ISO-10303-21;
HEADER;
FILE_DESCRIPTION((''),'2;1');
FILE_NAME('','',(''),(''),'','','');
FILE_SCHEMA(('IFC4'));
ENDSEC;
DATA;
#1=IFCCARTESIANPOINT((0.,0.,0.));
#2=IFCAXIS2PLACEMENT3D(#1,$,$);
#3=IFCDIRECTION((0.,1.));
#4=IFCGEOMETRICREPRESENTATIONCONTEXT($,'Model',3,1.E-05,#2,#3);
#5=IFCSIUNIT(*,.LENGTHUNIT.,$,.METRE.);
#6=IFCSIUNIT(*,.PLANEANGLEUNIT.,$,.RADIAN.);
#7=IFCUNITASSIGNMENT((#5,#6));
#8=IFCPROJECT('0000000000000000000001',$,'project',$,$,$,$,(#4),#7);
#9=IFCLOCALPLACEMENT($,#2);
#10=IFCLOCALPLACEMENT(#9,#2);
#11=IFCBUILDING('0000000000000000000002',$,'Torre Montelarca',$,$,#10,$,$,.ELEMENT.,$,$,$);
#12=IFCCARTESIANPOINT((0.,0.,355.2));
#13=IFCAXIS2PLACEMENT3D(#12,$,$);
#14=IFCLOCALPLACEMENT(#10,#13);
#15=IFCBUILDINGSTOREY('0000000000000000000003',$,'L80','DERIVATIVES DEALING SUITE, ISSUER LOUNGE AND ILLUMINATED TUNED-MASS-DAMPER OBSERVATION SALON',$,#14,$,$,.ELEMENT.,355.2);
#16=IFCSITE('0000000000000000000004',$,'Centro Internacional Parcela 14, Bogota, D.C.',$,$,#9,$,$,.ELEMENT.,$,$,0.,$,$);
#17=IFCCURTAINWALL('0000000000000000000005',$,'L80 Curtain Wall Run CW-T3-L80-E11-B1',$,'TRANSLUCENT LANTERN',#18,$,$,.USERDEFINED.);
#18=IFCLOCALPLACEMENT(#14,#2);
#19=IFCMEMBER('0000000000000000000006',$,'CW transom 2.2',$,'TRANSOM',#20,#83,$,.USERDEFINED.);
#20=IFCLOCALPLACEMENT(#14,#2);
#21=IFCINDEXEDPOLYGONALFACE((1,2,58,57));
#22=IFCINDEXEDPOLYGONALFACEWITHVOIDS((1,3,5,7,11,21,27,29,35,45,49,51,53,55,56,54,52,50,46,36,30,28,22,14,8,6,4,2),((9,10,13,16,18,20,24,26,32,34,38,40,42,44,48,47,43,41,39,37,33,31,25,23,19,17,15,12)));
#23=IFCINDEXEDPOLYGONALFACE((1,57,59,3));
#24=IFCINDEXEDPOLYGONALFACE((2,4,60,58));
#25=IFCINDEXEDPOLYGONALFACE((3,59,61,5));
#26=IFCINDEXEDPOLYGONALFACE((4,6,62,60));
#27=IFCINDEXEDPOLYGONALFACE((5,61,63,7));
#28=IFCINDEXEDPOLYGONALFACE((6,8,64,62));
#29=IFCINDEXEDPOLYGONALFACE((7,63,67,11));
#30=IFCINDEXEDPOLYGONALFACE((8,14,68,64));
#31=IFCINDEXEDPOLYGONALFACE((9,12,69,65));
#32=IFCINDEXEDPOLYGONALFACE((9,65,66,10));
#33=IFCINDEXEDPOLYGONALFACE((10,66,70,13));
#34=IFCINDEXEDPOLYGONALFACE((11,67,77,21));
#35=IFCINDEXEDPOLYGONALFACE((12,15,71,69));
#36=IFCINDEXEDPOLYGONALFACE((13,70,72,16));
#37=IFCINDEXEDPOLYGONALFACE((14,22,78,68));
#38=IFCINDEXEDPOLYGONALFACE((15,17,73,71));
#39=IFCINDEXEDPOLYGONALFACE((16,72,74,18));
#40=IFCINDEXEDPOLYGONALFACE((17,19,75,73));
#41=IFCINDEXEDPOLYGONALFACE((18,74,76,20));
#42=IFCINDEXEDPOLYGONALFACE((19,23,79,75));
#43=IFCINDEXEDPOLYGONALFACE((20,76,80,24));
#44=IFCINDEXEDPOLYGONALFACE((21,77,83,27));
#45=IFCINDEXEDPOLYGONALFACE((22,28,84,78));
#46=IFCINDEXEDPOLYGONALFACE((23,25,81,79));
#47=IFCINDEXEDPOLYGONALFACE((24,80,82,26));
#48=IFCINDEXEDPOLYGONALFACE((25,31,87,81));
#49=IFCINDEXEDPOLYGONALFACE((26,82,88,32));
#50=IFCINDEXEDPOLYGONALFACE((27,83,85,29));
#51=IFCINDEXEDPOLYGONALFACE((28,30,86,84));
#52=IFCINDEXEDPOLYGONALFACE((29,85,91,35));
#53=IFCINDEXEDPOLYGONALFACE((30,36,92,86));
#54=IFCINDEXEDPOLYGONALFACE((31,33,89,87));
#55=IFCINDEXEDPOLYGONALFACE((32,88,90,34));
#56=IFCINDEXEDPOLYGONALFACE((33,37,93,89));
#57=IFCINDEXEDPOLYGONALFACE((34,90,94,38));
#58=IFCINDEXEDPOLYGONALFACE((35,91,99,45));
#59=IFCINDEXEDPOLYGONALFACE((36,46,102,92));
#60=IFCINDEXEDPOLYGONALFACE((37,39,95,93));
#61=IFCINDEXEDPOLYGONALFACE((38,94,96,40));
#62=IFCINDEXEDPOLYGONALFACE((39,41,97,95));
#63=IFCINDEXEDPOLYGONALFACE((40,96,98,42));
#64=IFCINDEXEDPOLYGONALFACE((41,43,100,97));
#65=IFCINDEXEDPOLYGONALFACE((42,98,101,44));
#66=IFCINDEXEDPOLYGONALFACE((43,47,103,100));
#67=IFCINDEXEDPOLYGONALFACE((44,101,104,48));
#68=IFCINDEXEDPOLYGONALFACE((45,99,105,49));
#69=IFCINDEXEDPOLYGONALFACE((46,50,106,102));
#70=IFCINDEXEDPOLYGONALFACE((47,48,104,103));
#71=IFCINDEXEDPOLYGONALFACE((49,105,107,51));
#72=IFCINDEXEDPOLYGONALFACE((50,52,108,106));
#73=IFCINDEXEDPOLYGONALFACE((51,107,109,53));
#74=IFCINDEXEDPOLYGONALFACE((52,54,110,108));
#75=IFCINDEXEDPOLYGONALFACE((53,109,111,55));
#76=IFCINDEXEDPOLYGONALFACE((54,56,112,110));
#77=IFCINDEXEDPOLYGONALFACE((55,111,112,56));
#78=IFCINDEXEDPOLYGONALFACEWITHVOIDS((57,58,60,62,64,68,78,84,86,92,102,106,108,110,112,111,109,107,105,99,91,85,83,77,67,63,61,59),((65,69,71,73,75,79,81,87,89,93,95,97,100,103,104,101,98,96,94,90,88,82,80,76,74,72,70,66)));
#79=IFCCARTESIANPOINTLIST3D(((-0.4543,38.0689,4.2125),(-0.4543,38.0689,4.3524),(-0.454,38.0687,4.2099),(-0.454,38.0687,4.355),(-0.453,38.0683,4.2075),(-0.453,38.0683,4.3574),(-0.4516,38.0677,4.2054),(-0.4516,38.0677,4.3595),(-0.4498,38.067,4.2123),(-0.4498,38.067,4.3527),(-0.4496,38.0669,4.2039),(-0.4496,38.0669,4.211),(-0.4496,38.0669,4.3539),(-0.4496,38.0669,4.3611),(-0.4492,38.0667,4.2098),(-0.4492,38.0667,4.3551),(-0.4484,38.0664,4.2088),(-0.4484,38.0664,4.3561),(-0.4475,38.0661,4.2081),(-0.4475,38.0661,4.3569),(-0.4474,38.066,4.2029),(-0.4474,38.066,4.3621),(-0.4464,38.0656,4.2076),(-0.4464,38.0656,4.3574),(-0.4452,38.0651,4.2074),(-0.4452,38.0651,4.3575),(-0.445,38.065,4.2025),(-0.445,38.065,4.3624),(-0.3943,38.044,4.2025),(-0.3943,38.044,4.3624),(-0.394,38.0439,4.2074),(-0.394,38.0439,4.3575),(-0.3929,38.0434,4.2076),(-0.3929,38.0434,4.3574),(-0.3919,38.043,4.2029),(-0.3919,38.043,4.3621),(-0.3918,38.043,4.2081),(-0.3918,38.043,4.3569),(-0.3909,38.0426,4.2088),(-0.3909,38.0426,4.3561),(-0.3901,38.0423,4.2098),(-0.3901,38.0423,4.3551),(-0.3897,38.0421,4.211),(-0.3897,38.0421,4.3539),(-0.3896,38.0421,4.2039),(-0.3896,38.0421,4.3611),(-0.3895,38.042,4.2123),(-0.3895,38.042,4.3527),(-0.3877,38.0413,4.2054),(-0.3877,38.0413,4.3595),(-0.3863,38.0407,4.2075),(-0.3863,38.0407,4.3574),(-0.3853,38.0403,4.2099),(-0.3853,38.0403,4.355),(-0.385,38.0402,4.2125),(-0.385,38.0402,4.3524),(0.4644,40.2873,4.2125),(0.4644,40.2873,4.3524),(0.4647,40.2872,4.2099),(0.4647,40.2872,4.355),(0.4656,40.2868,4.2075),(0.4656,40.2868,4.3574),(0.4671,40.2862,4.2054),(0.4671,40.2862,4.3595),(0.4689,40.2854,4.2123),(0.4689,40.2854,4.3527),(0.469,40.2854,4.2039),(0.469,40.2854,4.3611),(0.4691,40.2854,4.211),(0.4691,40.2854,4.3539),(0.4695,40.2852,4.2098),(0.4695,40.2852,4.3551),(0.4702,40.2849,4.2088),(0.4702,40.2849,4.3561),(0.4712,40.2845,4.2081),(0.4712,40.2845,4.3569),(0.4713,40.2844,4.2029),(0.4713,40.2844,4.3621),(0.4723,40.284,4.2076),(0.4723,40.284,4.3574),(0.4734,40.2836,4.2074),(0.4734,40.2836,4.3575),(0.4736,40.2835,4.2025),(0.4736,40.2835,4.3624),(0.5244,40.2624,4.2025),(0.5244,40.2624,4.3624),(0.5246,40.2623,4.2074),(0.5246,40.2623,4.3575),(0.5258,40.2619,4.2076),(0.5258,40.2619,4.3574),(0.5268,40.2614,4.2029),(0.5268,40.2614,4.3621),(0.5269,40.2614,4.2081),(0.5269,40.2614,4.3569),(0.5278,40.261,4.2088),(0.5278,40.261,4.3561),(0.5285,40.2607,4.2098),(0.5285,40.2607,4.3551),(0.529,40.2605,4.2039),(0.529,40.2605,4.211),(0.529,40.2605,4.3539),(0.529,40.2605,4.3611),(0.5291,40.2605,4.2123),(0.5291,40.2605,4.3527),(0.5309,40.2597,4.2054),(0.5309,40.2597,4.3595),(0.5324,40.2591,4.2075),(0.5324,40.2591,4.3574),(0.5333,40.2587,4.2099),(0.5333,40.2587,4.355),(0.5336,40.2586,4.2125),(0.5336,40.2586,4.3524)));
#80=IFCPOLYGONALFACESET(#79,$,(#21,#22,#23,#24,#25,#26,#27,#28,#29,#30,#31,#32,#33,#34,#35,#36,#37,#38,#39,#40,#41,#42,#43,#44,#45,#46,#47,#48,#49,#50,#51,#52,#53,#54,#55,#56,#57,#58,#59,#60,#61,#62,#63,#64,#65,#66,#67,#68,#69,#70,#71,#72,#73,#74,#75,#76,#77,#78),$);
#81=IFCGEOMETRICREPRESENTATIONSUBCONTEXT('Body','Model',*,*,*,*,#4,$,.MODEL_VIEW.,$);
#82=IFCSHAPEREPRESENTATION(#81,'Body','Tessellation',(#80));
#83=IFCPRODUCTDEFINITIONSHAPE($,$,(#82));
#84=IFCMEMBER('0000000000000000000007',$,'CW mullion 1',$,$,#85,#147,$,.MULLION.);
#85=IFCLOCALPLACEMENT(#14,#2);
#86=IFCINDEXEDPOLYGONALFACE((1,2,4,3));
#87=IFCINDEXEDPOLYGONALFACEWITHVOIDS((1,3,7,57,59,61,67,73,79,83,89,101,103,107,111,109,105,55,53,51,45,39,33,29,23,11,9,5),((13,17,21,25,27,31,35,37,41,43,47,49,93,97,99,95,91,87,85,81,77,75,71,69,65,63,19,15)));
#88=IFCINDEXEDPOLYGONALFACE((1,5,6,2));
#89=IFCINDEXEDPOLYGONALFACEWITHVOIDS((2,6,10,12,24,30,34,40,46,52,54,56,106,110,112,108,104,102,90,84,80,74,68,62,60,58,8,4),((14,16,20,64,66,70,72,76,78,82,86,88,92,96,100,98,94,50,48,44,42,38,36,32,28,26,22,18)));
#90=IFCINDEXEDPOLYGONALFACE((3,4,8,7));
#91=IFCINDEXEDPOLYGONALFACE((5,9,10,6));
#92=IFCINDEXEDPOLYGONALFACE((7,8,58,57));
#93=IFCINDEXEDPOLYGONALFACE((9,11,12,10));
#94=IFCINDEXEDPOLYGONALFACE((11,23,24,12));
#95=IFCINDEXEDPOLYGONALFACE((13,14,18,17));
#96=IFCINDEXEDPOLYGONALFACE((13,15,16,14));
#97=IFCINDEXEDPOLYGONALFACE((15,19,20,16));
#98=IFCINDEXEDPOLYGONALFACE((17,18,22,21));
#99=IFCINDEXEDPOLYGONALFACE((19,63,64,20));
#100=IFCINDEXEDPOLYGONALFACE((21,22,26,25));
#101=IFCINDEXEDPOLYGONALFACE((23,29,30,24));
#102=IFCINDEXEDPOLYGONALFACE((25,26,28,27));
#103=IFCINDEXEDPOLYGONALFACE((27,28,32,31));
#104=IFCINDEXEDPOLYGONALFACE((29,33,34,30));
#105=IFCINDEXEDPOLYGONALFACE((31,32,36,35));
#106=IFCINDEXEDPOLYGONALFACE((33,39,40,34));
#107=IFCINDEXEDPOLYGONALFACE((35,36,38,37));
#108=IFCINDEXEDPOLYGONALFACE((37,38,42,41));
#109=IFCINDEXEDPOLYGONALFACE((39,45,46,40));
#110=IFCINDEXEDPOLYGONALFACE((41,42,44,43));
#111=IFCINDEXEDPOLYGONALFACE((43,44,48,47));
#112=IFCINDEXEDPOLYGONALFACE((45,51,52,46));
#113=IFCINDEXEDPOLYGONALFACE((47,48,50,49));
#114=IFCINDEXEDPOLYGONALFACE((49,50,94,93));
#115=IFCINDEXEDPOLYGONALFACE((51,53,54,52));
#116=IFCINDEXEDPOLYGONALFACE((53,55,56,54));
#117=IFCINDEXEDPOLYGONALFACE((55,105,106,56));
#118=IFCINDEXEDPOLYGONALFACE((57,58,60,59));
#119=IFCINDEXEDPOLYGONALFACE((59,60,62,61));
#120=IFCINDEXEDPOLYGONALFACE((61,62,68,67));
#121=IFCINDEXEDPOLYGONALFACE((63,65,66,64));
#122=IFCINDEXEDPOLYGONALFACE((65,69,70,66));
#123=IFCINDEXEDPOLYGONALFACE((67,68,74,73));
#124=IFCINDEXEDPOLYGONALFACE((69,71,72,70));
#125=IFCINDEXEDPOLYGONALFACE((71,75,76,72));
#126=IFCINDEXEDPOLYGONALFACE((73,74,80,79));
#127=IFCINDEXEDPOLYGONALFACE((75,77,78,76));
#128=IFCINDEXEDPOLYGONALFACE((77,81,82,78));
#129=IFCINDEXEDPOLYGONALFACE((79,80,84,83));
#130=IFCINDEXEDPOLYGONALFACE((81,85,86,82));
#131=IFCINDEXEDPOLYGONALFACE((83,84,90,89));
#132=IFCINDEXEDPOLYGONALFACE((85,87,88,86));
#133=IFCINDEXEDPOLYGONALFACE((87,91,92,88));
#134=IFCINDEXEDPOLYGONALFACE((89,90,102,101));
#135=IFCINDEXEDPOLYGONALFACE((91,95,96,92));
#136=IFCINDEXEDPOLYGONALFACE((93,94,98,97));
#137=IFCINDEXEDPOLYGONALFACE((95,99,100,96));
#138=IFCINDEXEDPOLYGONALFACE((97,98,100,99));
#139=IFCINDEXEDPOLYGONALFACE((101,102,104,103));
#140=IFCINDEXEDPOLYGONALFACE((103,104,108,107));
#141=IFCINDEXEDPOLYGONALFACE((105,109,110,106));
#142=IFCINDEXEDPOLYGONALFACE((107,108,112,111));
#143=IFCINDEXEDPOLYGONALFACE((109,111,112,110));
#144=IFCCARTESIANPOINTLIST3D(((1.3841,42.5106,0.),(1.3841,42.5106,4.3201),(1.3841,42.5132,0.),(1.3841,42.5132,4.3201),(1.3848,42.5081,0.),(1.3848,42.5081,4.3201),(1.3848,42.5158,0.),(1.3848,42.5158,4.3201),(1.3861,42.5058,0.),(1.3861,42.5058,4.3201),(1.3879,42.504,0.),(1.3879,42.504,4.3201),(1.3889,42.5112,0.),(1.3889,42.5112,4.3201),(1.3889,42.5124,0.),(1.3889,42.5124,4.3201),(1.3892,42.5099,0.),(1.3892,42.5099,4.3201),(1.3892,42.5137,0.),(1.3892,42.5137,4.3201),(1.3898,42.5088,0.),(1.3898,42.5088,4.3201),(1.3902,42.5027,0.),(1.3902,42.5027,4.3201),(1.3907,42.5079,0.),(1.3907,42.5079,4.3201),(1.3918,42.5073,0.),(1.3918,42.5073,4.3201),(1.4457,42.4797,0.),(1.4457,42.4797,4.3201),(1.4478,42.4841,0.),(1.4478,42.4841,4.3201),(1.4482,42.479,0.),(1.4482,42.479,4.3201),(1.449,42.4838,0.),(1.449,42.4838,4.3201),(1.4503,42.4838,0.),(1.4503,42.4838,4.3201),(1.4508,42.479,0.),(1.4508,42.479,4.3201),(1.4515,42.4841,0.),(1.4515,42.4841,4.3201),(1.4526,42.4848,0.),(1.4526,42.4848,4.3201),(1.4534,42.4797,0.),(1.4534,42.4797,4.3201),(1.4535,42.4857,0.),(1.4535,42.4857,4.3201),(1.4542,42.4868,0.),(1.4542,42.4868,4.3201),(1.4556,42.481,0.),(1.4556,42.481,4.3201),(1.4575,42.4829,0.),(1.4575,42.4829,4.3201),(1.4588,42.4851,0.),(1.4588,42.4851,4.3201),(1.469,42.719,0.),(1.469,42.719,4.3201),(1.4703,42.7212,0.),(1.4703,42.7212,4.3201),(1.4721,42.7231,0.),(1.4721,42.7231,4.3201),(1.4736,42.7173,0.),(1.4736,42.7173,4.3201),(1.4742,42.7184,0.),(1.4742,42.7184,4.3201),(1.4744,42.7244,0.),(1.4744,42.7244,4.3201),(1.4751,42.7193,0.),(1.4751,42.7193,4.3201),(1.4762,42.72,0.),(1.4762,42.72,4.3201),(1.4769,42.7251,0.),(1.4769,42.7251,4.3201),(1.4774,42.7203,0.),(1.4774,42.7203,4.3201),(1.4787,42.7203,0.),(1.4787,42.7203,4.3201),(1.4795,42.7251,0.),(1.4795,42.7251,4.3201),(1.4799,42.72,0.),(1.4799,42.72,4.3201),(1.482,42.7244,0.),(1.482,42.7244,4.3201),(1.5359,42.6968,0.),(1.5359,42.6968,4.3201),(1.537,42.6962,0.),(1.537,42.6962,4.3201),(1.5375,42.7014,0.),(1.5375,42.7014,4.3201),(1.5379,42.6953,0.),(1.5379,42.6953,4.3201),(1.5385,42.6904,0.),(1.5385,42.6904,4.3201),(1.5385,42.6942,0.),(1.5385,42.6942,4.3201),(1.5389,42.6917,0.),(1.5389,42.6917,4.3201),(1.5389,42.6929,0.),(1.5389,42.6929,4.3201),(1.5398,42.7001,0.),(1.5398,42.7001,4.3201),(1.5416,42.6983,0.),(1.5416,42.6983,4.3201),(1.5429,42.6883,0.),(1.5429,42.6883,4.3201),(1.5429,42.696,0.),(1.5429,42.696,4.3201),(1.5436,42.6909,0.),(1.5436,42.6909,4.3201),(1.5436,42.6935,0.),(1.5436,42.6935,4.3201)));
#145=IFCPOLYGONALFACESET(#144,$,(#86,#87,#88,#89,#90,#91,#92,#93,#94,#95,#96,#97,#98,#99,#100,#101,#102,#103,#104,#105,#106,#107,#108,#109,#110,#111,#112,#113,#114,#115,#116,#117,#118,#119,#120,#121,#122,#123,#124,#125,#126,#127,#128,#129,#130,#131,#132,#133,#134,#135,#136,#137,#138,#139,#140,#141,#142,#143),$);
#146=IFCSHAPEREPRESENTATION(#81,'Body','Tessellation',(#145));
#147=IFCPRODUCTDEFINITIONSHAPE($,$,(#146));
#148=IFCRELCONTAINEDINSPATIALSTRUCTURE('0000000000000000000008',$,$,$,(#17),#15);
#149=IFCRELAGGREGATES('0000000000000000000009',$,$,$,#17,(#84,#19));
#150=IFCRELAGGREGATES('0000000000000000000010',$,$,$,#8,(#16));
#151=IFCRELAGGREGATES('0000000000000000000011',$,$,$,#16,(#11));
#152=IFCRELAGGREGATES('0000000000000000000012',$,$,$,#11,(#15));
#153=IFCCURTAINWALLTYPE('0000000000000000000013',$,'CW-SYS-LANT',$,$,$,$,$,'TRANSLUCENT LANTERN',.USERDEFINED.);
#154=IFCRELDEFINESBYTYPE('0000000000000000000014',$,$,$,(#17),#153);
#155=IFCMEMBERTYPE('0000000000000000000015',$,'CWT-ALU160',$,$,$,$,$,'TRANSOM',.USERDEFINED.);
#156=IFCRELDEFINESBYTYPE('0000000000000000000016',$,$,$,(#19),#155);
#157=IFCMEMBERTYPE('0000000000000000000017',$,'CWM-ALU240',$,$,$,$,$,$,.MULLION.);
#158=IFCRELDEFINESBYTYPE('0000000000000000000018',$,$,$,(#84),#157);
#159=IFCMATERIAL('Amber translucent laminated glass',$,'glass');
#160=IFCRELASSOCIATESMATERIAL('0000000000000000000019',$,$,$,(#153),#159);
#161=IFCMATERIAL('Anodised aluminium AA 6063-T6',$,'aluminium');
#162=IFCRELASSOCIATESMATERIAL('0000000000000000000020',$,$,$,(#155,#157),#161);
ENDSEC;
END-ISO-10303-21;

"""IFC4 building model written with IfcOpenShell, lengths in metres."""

from ifc_helpers import new_model, si_unit, direction, frame, origin, origin_2d, place, context, subcontext, project, spatial, hollow_rectangle, extrude, source, transform, mapped, material, material_profile, profile_set, type_object, element, aggregate, save


model = new_model("IFC4")

# Units and contexts
model_context = context("Model", 3, precision=1e-05, world=origin(), true_north=direction((0.0, 1.0)))
body_context = subcontext(model_context, "Body", "Model", "MODEL_VIEW")
ifc_project = project(units=[si_unit("LENGTHUNIT", "METRE"), si_unit("PLANEANGLEUNIT", "RADIAN")], contexts=[model_context])

# Site, building, storey
site_placement = place(None, origin())
site = spatial("IfcSite", under=ifc_project, at=site_placement, Name="Centro Internacional Parcela 14, Bogota, D.C.", CompositionType="ELEMENT", RefElevation=0.0)
building_placement = place(site_placement, origin())
building = spatial("IfcBuilding", under=site, at=building_placement, Name="Torre Montelarca", CompositionType="ELEMENT")
storey_placement = place(building_placement, frame((0.0, 0.0, 355.2)))
storey = spatial("IfcBuildingStorey", under=building, at=storey_placement, Name="L80", Description="DERIVATIVES DEALING SUITE, ISSUER LOUNGE AND ILLUMINATED TUNED-MASS-DAMPER OBSERVATION SALON", CompositionType="ELEMENT", Elevation=355.2)

# Curtain wall, members
ifc_material_1 = material(Name="Amber translucent laminated glass", Category="glass")
curtain_wall_type = type_object("IfcCurtainWallType", Name="CW-SYS-LANT", ElementType="TRANSLUCENT LANTERN", PredefinedType="USERDEFINED", material=ifc_material_1)
curtain_wall_placement = place(storey_placement, origin())
curtain_wall = element("IfcCurtainWall", 1, at=curtain_wall_placement, inside=storey, type_object=curtain_wall_type, Name="L80 Curtain Wall Run CW-T3-L80-E11-B1", ObjectType="TRANSLUCENT LANTERN", PredefinedType="USERDEFINED")
ifc_material_2 = material(Name="Anodised aluminium AA 6063-T6", Category="aluminium")
ifc_material_profile_1 = material_profile(ifc_material_2, hollow_rectangle(XDim=0.075, YDim=0.1599, WallThickness=0.0049, InnerFilletRadius=0.0049, OuterFilletRadius=0.01, at=origin_2d()), Name="ALU75X160X5", Category="aluminium")
ifc_profile_set_1 = profile_set([ifc_material_profile_1], Name="Anodised aluminium AA 6063-T6")
member_type_1 = type_object("IfcMemberType", Name="CWT-ALU160", ElementType="TRANSOM", PredefinedType="USERDEFINED", material=ifc_profile_set_1)
shared_shape_1 = source(origin(), body_context, "Body", "SweptSolid", [
    extrude(hollow_rectangle(XDim=0.075, YDim=0.1599, WallThickness=0.0049, InnerFilletRadius=0.0049, OuterFilletRadius=0.01, at=origin_2d()), origin(), (0.0, 0.0, 1.0), 2.4011),
])
member_1_placement = place(storey_placement, frame((0.499, 40.2729, 4.2825), z_axis=(-0.3826, -0.923914, 0.0), x_axis=(0.923914, -0.3826, 0.0)))
member_1 = element("IfcMember", 2, at=member_1_placement, type_object=member_type_1, Name="CW transom 2.2", ObjectType="TRANSOM", PredefinedType="USERDEFINED", context=body_context, shape_type="MappedRepresentation", body=[
    mapped(shared_shape_1, transform((0.0, 0.0, 0.0), scale=1.0)),
])
ifc_material_profile_2 = material_profile(ifc_material_2, hollow_rectangle(XDim=0.0801, YDim=0.24, WallThickness=0.0049, InnerFilletRadius=0.0049, OuterFilletRadius=0.01, at=origin_2d()), Name="ALU80X240X5", Category="aluminium")
ifc_profile_set_2 = profile_set([ifc_material_profile_2], Name="Anodised aluminium AA 6063-T6")
member_type_2 = type_object("IfcMemberType", Name="CWM-ALU240", PredefinedType="MULLION", material=ifc_profile_set_2)
shared_shape_2 = source(origin(), body_context, "Body", "SweptSolid", [
    extrude(hollow_rectangle(XDim=0.0801, YDim=0.24, WallThickness=0.0049, InnerFilletRadius=0.0049, OuterFilletRadius=0.01, at=origin_2d()), origin(), (0.0, 0.0, 1.0), 4.3201),
])
member_2_placement = place(storey_placement, frame((1.4639, 42.6021, 0.0), z_axis=(0.0, 0.0, 1.0), x_axis=(0.923885, -0.382671, 0.0)))
member_2 = element("IfcMember", 3, at=member_2_placement, type_object=member_type_2, Name="CW mullion 1", PredefinedType="MULLION", context=body_context, shape_type="MappedRepresentation", body=[
    mapped(shared_shape_2, transform((0.0, 0.0, 0.0), scale=1.0)),
])
aggregate(curtain_wall, [member_2, member_1])

save(model, "model.ifc")
